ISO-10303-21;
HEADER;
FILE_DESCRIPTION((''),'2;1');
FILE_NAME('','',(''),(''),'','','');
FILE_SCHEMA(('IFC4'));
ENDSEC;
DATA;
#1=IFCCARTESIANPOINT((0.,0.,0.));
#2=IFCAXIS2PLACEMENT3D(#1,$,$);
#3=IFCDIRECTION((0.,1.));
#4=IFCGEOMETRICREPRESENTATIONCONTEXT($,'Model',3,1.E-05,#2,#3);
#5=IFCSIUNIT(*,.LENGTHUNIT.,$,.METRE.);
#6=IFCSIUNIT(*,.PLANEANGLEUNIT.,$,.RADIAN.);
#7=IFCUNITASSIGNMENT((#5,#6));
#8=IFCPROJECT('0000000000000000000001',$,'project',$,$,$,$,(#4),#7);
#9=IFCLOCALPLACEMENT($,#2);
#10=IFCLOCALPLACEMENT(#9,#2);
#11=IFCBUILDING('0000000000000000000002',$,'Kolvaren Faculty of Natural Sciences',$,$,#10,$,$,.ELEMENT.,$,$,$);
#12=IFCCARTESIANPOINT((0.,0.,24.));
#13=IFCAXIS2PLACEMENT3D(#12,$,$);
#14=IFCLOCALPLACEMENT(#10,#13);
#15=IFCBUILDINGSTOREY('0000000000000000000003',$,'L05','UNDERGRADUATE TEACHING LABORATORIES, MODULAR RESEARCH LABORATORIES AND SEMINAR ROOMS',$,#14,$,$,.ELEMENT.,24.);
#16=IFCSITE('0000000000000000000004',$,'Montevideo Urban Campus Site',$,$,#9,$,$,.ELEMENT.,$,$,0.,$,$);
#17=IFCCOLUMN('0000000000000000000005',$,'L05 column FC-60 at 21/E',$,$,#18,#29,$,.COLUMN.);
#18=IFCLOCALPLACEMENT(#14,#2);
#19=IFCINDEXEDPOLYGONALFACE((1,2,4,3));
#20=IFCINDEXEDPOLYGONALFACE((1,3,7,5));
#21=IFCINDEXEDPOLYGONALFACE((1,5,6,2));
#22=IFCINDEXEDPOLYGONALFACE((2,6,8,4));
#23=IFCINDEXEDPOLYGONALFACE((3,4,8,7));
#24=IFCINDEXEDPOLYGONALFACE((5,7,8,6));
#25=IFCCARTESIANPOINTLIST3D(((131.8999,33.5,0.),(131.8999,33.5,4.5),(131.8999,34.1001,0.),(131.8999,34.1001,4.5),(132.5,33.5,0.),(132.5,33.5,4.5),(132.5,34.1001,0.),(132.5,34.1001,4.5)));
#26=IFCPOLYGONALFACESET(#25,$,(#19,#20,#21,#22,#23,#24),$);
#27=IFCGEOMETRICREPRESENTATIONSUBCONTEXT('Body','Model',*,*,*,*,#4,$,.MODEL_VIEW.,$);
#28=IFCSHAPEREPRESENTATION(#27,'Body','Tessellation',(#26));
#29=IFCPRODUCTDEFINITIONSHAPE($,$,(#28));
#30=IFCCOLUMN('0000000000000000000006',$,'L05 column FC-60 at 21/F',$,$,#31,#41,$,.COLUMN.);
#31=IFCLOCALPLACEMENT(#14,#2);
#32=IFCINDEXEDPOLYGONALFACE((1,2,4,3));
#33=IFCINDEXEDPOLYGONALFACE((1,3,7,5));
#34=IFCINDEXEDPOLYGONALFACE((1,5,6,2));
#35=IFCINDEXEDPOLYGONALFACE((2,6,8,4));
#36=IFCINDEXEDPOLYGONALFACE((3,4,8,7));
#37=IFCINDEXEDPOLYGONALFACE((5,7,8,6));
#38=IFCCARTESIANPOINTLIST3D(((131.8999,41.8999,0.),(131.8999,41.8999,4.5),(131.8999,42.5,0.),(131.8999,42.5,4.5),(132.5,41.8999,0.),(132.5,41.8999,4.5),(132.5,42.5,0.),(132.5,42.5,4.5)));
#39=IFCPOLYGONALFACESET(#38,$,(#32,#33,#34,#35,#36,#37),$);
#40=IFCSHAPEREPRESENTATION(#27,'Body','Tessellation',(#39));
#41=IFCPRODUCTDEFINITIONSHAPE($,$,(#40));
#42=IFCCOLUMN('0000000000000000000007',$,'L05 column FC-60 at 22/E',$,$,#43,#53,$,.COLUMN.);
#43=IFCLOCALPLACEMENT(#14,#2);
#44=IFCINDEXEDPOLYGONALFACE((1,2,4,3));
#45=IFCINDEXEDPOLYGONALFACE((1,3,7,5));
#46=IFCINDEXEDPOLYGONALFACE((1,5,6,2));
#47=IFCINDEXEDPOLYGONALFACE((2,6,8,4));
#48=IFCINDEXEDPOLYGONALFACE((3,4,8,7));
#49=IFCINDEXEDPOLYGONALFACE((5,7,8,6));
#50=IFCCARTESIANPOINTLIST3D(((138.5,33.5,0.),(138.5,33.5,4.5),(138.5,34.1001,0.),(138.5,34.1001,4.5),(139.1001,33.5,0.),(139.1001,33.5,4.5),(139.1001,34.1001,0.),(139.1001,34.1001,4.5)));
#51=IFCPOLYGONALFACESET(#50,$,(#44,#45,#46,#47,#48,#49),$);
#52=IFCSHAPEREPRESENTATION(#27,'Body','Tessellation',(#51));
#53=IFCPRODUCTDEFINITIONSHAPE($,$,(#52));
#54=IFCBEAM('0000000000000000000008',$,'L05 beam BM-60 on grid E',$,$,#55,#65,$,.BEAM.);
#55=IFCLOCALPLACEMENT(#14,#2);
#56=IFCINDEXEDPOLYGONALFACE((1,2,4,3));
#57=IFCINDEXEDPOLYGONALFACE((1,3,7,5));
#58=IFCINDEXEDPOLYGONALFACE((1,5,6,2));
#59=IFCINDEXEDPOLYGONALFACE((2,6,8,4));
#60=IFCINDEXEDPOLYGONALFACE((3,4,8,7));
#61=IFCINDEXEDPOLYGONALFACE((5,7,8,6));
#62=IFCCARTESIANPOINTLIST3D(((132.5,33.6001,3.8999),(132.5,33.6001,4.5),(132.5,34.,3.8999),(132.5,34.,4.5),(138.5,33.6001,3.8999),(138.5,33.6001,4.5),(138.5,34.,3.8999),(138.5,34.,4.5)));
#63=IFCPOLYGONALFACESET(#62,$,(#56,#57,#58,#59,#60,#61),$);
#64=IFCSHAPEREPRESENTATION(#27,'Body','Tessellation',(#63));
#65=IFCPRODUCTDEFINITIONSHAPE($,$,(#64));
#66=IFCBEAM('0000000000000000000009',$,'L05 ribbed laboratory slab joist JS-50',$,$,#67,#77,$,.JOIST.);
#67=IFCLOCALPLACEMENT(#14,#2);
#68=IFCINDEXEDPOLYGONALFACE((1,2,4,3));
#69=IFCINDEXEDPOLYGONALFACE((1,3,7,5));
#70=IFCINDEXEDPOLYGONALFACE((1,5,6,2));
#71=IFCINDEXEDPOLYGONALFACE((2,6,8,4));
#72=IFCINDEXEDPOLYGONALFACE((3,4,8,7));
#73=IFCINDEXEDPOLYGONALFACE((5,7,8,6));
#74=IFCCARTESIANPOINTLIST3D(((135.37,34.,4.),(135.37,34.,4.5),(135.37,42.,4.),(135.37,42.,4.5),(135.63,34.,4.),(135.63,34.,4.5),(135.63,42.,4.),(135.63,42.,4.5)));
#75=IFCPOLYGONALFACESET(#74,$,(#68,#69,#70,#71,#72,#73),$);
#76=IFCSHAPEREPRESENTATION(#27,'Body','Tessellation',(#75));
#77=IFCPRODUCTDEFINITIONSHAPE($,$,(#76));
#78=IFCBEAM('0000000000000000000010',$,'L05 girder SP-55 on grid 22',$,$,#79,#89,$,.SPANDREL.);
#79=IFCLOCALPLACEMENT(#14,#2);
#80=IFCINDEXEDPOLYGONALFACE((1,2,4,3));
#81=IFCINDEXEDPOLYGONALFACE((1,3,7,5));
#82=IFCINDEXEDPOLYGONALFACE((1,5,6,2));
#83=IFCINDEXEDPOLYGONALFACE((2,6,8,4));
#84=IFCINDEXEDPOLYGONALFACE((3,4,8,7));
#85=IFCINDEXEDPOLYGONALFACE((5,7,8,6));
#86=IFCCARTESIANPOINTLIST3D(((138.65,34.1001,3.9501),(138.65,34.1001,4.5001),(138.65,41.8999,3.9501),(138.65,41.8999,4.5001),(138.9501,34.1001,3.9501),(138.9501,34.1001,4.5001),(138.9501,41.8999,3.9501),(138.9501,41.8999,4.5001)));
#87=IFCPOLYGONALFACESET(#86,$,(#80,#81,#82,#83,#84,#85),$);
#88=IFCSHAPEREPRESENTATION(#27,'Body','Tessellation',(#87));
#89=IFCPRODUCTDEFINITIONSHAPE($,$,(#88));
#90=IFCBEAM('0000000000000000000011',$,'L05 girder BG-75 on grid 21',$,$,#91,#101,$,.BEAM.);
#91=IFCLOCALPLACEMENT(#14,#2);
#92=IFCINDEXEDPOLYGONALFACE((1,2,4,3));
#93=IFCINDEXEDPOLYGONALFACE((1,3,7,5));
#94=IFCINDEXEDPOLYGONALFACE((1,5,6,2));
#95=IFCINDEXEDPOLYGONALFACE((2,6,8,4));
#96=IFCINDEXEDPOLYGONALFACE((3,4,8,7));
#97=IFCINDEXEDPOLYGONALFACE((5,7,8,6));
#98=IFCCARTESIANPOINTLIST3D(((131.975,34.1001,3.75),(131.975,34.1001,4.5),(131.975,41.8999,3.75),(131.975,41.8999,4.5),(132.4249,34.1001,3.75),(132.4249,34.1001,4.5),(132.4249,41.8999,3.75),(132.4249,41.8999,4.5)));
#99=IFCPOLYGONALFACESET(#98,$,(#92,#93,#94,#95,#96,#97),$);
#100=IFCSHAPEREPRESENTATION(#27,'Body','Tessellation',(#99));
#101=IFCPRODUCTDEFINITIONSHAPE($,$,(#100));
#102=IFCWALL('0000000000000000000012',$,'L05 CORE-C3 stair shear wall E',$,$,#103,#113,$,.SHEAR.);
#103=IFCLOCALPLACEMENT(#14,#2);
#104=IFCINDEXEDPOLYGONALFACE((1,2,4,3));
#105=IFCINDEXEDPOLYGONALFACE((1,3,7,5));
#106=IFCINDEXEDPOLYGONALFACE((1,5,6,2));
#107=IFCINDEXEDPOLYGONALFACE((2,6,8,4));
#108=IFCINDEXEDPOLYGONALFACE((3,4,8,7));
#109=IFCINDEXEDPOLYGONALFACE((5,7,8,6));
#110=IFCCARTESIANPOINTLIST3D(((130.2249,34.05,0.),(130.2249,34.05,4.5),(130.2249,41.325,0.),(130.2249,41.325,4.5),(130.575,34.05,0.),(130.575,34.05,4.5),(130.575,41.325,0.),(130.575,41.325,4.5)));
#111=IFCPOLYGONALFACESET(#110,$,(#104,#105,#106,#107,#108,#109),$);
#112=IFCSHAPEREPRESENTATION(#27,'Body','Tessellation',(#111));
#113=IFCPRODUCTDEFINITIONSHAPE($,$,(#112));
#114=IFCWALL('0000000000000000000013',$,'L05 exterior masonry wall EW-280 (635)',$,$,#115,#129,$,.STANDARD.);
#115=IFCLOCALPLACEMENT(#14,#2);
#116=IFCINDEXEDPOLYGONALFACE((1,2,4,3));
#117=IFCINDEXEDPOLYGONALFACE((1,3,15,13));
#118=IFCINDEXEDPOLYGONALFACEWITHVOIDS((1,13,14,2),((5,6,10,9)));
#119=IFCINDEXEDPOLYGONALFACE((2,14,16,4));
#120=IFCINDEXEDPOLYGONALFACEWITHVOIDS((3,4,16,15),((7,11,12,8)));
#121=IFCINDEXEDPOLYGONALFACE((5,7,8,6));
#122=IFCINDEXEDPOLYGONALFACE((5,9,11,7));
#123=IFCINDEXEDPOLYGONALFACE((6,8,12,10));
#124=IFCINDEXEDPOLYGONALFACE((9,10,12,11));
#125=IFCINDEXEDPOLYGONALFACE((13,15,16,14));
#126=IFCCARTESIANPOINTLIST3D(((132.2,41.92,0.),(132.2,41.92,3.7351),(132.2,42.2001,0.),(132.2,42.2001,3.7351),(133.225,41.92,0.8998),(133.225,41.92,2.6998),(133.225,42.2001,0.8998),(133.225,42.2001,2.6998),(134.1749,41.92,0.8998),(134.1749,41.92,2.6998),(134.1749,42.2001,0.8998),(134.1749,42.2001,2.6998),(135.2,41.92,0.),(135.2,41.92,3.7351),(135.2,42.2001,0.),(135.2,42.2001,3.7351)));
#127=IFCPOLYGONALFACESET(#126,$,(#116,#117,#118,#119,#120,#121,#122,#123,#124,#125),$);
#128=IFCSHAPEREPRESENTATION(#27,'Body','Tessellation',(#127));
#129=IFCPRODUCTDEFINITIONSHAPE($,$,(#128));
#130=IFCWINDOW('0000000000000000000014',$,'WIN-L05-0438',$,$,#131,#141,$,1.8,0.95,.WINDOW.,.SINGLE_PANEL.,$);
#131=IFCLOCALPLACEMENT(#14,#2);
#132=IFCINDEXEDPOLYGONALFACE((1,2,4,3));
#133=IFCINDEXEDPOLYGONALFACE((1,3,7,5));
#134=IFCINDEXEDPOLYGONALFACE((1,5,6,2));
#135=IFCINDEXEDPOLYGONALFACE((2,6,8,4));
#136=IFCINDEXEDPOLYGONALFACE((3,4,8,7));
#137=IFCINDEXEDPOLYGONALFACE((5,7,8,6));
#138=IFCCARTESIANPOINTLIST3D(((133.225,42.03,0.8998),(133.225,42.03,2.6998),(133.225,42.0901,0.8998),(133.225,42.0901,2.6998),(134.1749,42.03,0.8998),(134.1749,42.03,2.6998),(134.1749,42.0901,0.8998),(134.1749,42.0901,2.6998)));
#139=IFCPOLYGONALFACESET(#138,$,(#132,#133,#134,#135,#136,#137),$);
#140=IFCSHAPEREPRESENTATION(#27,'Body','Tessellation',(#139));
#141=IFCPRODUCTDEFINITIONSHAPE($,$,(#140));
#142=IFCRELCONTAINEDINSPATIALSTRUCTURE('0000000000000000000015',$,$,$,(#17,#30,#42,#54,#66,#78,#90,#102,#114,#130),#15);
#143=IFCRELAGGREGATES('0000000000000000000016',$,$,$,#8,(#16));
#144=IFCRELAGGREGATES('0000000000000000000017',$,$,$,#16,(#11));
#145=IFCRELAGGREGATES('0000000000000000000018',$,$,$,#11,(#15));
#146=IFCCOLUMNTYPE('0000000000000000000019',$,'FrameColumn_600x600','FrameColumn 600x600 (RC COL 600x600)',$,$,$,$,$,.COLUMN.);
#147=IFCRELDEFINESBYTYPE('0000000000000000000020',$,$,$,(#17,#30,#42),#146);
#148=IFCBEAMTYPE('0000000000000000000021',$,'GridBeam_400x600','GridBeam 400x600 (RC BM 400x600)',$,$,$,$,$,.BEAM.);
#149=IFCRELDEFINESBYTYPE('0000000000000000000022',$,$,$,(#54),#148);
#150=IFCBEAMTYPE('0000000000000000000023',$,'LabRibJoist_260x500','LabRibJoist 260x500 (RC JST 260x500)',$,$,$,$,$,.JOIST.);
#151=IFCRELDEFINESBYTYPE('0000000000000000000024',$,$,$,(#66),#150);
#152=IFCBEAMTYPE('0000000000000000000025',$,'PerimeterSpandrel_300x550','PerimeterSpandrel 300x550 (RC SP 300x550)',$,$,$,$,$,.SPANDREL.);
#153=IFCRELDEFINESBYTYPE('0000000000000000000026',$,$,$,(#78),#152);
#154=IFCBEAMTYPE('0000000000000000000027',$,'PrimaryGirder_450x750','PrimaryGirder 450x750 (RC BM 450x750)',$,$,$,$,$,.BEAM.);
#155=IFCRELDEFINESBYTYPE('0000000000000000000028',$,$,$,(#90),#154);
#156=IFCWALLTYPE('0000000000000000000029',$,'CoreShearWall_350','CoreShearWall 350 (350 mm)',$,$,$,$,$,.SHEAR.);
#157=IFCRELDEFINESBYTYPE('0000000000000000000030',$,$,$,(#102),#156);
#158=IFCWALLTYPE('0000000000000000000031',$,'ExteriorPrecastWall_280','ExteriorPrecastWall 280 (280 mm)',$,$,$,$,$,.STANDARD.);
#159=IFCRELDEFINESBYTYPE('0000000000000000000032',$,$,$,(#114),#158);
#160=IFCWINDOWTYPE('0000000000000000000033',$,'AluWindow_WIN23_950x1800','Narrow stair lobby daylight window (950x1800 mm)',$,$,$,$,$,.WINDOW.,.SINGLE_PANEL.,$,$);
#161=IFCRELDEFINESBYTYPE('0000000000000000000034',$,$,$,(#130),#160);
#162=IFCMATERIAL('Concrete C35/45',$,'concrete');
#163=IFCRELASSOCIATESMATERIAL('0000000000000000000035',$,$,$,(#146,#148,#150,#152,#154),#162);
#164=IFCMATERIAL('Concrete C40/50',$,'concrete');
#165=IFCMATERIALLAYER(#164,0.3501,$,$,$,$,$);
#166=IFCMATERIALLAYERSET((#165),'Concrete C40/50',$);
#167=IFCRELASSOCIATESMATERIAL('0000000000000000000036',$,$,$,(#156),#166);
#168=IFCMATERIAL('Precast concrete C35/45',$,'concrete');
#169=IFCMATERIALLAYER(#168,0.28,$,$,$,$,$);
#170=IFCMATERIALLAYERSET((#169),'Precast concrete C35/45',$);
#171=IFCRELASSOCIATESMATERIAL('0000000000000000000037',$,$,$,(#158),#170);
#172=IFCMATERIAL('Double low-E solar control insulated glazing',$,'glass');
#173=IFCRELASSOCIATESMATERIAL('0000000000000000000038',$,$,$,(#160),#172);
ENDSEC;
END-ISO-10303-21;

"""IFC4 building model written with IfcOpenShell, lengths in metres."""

from ifc_helpers import new_model, si_unit, direction, frame, frame_2d, origin, origin_2d, place, context, subcontext, project, spatial, rectangle, extrude, material, layer, layer_set, material_profile, profile_set, type_object, element, fill, save


model = new_model("IFC4")

# Units and contexts
model_context = context("Model", 3, precision=1e-05, world=origin(), true_north=direction((0.0, 1.0)))
body_context = subcontext(model_context, "Body", "Model", "MODEL_VIEW")
ifc_project = project(units=[si_unit("LENGTHUNIT", "METRE"), si_unit("PLANEANGLEUNIT", "RADIAN")], contexts=[model_context])

# Site, building, storey
site_placement = place(None, origin())
site = spatial("IfcSite", under=ifc_project, at=site_placement, Name="Montevideo Urban Campus Site", CompositionType="ELEMENT", RefElevation=0.0)
building_placement = place(site_placement, origin())
building = spatial("IfcBuilding", under=site, at=building_placement, Name="Kolvaren Faculty of Natural Sciences", CompositionType="ELEMENT")
storey_placement = place(building_placement, frame((0.0, 0.0, 24.0)))
storey = spatial("IfcBuildingStorey", under=building, at=storey_placement, Name="L05", Description="UNDERGRADUATE TEACHING LABORATORIES, MODULAR RESEARCH LABORATORIES AND SEMINAR ROOMS", CompositionType="ELEMENT", Elevation=24.0)

# Columns
ifc_material_1 = material(Name="Concrete C35/45", Category="concrete")
ifc_material_profile_1 = material_profile(ifc_material_1, rectangle(XDim=0.6001, YDim=0.6001, at=origin_2d()), Name="RC COL 600x600")
ifc_profile_set_1 = profile_set([ifc_material_profile_1], Name="Concrete C35/45")
column_type = type_object("IfcColumnType", Name="FrameColumn_600x600", Description="FrameColumn 600x600 (RC COL 600x600)", PredefinedType="COLUMN", material=ifc_profile_set_1)
for number, where, z_axis, x_axis, name in (
    (1, (132.2, 33.8, 0.0), (0.0, 0.0, 1.0), (1.0, 0.0, 0.0), "L05 column FC-60 at 21/E"),
    (2, (132.2, 42.2, 0.0), (0.0, 0.0, 1.0), (1.0, 0.0, 0.0), "L05 column FC-60 at 21/F"),
    (3, (138.8, 33.8, 0.0), (0.0, 0.0, 1.0), (1.0, 0.0, 0.0), "L05 column FC-60 at 22/E"),
):
    element("IfcColumn", number, at=place(storey_placement, frame(where, z_axis=z_axis, x_axis=x_axis)), inside=storey, type_object=column_type, Name=name, PredefinedType="COLUMN", context=body_context, shape_type="SweptSolid", body=[
        extrude(rectangle(XDim=0.6001, YDim=0.6001, at=origin_2d()), origin(), (0.0, 0.0, 1.0), 4.5),
    ])

# Beams
ifc_material_profile_2 = material_profile(ifc_material_1, rectangle(XDim=0.3999, YDim=0.6001, at=origin_2d()), Name="RC BM 400x600")
ifc_profile_set_2 = profile_set([ifc_material_profile_2], Name="Concrete C35/45")
beam_type_1 = type_object("IfcBeamType", Name="GridBeam_400x600", Description="GridBeam 400x600 (RC BM 400x600)", PredefinedType="BEAM", material=ifc_profile_set_2)
beam_1_placement = place(storey_placement, frame((132.5, 33.8, 4.2), z_axis=(1.0, 0.0, 0.0), x_axis=(0.0, 1.0, 0.0)))
element("IfcBeam", 4, at=beam_1_placement, inside=storey, type_object=beam_type_1, Name="L05 beam BM-60 on grid E", PredefinedType="BEAM", context=body_context, shape_type="SweptSolid", body=[
    extrude(rectangle(XDim=0.3999, YDim=0.6001, at=origin_2d()), origin(), (0.0, 0.0, 1.0), 6.0),
])
ifc_material_profile_3 = material_profile(ifc_material_1, rectangle(XDim=0.26, YDim=0.5, at=origin_2d()), Name="RC JST 260x500")
ifc_profile_set_3 = profile_set([ifc_material_profile_3], Name="Concrete C35/45")
beam_type_2 = type_object("IfcBeamType", Name="LabRibJoist_260x500", Description="LabRibJoist 260x500 (RC JST 260x500)", PredefinedType="JOIST", material=ifc_profile_set_3)
beam_2_placement = place(storey_placement, frame((135.5, 34.0, 4.25), z_axis=(0.0, 1.0, 0.0), x_axis=(-1.0, 0.0, 0.0)))
element("IfcBeam", 5, at=beam_2_placement, inside=storey, type_object=beam_type_2, Name="L05 ribbed laboratory slab joist JS-50", PredefinedType="JOIST", context=body_context, shape_type="SweptSolid", body=[
    extrude(rectangle(XDim=0.26, YDim=0.5, at=origin_2d()), origin(), (0.0, 0.0, 1.0), 8.0),
])
ifc_material_profile_4 = material_profile(ifc_material_1, rectangle(XDim=0.3, YDim=0.55, at=origin_2d()), Name="RC SP 300x550")
ifc_profile_set_4 = profile_set([ifc_material_profile_4], Name="Concrete C35/45")
beam_type_3 = type_object("IfcBeamType", Name="PerimeterSpandrel_300x550", Description="PerimeterSpandrel 300x550 (RC SP 300x550)", PredefinedType="SPANDREL", material=ifc_profile_set_4)
beam_3_placement = place(storey_placement, frame((138.8, 34.1001, 4.2251), z_axis=(0.0, 1.0, 0.0), x_axis=(-1.0, 0.0, 0.0)))
element("IfcBeam", 6, at=beam_3_placement, inside=storey, type_object=beam_type_3, Name="L05 girder SP-55 on grid 22", PredefinedType="SPANDREL", context=body_context, shape_type="SweptSolid", body=[
    extrude(rectangle(XDim=0.3, YDim=0.55, at=origin_2d()), origin(), (0.0, 0.0, 1.0), 7.7998),
])
ifc_material_profile_5 = material_profile(ifc_material_1, rectangle(XDim=0.45, YDim=0.75, at=origin_2d()), Name="RC BM 450x750")
ifc_profile_set_5 = profile_set([ifc_material_profile_5], Name="Concrete C35/45")
beam_type_4 = type_object("IfcBeamType", Name="PrimaryGirder_450x750", Description="PrimaryGirder 450x750 (RC BM 450x750)", PredefinedType="BEAM", material=ifc_profile_set_5)
beam_4_placement = place(storey_placement, frame((132.2, 34.1001, 4.125), z_axis=(0.0, 1.0, 0.0), x_axis=(-1.0, 0.0, 0.0)))
element("IfcBeam", 7, at=beam_4_placement, inside=storey, type_object=beam_type_4, Name="L05 girder BG-75 on grid 21", PredefinedType="BEAM", context=body_context, shape_type="SweptSolid", body=[
    extrude(rectangle(XDim=0.45, YDim=0.75, at=origin_2d()), origin(), (0.0, 0.0, 1.0), 7.7998),
])

# Wall
ifc_material_2 = material(Name="Concrete C40/50", Category="concrete")
ifc_layer_1 = layer(ifc_material_2, 0.3501)
ifc_layer_set_1 = layer_set([ifc_layer_1], Name="Concrete C40/50")
wall_type_1 = type_object("IfcWallType", Name="CoreShearWall_350", Description="CoreShearWall 350 (350 mm)", PredefinedType="SHEAR", material=ifc_layer_set_1)
wall_1_placement = place(storey_placement, frame((130.3999, 34.05, 0.0), z_axis=(0.0, 0.0, 1.0), x_axis=(0.0, 1.0, 0.0)))
element("IfcWall", 8, at=wall_1_placement, inside=storey, type_object=wall_type_1, Name="L05 CORE-C3 stair shear wall E", PredefinedType="SHEAR", context=body_context, shape_type="SweptSolid", body=[
    extrude(rectangle(XDim=7.2749, YDim=0.3501, at=frame_2d((3.6375, 0.0))), origin(), (0.0, 0.0, 1.0), 4.5),
])

# Wall, opening, window
ifc_material_3 = material(Name="Precast concrete C35/45", Category="concrete")
ifc_layer_2 = layer(ifc_material_3, 0.28)
ifc_layer_set_2 = layer_set([ifc_layer_2], Name="Precast concrete C35/45")
wall_type_2 = type_object("IfcWallType", Name="ExteriorPrecastWall_280", Description="ExteriorPrecastWall 280 (280 mm)", PredefinedType="STANDARD", material=ifc_layer_set_2)
wall_2_placement = place(storey_placement, frame((132.2, 42.0601, 0.0), z_axis=(0.0, 0.0, 1.0), x_axis=(1.0, 0.0, 0.0)))
wall_2 = element("IfcWall", 9, at=wall_2_placement, inside=storey, type_object=wall_type_2, Name="L05 exterior masonry wall EW-280 (635)", PredefinedType="STANDARD", context=body_context, shape_type="SweptSolid", body=[
    extrude(rectangle(XDim=3.0, YDim=0.28, at=frame_2d((1.5, 0.0))), origin(), (0.0, 0.0, 1.0), 3.7351),
])
opening_1_placement = place(wall_2_placement, frame((1.0249, 0.0, 0.8999)))
opening_1 = element("IfcOpeningElement", 10, at=opening_1_placement, cuts=wall_2, PredefinedType="OPENING", context=body_context, shape_type="SweptSolid", body=[
    extrude(rectangle(XDim=0.95, YDim=1.8, at=frame_2d((0.4751, 0.8999))), frame((0.0, 0.1499, 0.0), z_axis=(0.0, -1.0, 0.0), x_axis=(1.0, 0.0, 0.0)), (0.0, 0.0, 1.0), 0.3),
])
ifc_material_4 = material(Name="Double low-E solar control insulated glazing", Category="glass")
window_type_1 = type_object("IfcWindowType", Name="AluWindow_WIN23_950x1800", Description="Narrow stair lobby daylight window (950x1800 mm)", PartitioningType="SINGLE_PANEL", PredefinedType="WINDOW", material=ifc_material_4)
window_1_placement = place(opening_1_placement, origin())
window_1 = element("IfcWindow", 11, at=window_1_placement, inside=storey, type_object=window_type_1, Name="WIN-L05-0438", OverallHeight=1.8, OverallWidth=0.95, PartitioningType="SINGLE_PANEL", PredefinedType="WINDOW", context=body_context, shape_type="SweptSolid", body=[
    extrude(rectangle(XDim=0.95, YDim=1.8, at=frame_2d((0.4751, 0.8999))), frame((0.0, 0.03, 0.0), z_axis=(0.0, -1.0, 0.0), x_axis=(1.0, 0.0, 0.0)), (0.0, 0.0, 1.0), 0.0601),
])
fill(opening_1, window_1)

save(model, "model.ifc")
